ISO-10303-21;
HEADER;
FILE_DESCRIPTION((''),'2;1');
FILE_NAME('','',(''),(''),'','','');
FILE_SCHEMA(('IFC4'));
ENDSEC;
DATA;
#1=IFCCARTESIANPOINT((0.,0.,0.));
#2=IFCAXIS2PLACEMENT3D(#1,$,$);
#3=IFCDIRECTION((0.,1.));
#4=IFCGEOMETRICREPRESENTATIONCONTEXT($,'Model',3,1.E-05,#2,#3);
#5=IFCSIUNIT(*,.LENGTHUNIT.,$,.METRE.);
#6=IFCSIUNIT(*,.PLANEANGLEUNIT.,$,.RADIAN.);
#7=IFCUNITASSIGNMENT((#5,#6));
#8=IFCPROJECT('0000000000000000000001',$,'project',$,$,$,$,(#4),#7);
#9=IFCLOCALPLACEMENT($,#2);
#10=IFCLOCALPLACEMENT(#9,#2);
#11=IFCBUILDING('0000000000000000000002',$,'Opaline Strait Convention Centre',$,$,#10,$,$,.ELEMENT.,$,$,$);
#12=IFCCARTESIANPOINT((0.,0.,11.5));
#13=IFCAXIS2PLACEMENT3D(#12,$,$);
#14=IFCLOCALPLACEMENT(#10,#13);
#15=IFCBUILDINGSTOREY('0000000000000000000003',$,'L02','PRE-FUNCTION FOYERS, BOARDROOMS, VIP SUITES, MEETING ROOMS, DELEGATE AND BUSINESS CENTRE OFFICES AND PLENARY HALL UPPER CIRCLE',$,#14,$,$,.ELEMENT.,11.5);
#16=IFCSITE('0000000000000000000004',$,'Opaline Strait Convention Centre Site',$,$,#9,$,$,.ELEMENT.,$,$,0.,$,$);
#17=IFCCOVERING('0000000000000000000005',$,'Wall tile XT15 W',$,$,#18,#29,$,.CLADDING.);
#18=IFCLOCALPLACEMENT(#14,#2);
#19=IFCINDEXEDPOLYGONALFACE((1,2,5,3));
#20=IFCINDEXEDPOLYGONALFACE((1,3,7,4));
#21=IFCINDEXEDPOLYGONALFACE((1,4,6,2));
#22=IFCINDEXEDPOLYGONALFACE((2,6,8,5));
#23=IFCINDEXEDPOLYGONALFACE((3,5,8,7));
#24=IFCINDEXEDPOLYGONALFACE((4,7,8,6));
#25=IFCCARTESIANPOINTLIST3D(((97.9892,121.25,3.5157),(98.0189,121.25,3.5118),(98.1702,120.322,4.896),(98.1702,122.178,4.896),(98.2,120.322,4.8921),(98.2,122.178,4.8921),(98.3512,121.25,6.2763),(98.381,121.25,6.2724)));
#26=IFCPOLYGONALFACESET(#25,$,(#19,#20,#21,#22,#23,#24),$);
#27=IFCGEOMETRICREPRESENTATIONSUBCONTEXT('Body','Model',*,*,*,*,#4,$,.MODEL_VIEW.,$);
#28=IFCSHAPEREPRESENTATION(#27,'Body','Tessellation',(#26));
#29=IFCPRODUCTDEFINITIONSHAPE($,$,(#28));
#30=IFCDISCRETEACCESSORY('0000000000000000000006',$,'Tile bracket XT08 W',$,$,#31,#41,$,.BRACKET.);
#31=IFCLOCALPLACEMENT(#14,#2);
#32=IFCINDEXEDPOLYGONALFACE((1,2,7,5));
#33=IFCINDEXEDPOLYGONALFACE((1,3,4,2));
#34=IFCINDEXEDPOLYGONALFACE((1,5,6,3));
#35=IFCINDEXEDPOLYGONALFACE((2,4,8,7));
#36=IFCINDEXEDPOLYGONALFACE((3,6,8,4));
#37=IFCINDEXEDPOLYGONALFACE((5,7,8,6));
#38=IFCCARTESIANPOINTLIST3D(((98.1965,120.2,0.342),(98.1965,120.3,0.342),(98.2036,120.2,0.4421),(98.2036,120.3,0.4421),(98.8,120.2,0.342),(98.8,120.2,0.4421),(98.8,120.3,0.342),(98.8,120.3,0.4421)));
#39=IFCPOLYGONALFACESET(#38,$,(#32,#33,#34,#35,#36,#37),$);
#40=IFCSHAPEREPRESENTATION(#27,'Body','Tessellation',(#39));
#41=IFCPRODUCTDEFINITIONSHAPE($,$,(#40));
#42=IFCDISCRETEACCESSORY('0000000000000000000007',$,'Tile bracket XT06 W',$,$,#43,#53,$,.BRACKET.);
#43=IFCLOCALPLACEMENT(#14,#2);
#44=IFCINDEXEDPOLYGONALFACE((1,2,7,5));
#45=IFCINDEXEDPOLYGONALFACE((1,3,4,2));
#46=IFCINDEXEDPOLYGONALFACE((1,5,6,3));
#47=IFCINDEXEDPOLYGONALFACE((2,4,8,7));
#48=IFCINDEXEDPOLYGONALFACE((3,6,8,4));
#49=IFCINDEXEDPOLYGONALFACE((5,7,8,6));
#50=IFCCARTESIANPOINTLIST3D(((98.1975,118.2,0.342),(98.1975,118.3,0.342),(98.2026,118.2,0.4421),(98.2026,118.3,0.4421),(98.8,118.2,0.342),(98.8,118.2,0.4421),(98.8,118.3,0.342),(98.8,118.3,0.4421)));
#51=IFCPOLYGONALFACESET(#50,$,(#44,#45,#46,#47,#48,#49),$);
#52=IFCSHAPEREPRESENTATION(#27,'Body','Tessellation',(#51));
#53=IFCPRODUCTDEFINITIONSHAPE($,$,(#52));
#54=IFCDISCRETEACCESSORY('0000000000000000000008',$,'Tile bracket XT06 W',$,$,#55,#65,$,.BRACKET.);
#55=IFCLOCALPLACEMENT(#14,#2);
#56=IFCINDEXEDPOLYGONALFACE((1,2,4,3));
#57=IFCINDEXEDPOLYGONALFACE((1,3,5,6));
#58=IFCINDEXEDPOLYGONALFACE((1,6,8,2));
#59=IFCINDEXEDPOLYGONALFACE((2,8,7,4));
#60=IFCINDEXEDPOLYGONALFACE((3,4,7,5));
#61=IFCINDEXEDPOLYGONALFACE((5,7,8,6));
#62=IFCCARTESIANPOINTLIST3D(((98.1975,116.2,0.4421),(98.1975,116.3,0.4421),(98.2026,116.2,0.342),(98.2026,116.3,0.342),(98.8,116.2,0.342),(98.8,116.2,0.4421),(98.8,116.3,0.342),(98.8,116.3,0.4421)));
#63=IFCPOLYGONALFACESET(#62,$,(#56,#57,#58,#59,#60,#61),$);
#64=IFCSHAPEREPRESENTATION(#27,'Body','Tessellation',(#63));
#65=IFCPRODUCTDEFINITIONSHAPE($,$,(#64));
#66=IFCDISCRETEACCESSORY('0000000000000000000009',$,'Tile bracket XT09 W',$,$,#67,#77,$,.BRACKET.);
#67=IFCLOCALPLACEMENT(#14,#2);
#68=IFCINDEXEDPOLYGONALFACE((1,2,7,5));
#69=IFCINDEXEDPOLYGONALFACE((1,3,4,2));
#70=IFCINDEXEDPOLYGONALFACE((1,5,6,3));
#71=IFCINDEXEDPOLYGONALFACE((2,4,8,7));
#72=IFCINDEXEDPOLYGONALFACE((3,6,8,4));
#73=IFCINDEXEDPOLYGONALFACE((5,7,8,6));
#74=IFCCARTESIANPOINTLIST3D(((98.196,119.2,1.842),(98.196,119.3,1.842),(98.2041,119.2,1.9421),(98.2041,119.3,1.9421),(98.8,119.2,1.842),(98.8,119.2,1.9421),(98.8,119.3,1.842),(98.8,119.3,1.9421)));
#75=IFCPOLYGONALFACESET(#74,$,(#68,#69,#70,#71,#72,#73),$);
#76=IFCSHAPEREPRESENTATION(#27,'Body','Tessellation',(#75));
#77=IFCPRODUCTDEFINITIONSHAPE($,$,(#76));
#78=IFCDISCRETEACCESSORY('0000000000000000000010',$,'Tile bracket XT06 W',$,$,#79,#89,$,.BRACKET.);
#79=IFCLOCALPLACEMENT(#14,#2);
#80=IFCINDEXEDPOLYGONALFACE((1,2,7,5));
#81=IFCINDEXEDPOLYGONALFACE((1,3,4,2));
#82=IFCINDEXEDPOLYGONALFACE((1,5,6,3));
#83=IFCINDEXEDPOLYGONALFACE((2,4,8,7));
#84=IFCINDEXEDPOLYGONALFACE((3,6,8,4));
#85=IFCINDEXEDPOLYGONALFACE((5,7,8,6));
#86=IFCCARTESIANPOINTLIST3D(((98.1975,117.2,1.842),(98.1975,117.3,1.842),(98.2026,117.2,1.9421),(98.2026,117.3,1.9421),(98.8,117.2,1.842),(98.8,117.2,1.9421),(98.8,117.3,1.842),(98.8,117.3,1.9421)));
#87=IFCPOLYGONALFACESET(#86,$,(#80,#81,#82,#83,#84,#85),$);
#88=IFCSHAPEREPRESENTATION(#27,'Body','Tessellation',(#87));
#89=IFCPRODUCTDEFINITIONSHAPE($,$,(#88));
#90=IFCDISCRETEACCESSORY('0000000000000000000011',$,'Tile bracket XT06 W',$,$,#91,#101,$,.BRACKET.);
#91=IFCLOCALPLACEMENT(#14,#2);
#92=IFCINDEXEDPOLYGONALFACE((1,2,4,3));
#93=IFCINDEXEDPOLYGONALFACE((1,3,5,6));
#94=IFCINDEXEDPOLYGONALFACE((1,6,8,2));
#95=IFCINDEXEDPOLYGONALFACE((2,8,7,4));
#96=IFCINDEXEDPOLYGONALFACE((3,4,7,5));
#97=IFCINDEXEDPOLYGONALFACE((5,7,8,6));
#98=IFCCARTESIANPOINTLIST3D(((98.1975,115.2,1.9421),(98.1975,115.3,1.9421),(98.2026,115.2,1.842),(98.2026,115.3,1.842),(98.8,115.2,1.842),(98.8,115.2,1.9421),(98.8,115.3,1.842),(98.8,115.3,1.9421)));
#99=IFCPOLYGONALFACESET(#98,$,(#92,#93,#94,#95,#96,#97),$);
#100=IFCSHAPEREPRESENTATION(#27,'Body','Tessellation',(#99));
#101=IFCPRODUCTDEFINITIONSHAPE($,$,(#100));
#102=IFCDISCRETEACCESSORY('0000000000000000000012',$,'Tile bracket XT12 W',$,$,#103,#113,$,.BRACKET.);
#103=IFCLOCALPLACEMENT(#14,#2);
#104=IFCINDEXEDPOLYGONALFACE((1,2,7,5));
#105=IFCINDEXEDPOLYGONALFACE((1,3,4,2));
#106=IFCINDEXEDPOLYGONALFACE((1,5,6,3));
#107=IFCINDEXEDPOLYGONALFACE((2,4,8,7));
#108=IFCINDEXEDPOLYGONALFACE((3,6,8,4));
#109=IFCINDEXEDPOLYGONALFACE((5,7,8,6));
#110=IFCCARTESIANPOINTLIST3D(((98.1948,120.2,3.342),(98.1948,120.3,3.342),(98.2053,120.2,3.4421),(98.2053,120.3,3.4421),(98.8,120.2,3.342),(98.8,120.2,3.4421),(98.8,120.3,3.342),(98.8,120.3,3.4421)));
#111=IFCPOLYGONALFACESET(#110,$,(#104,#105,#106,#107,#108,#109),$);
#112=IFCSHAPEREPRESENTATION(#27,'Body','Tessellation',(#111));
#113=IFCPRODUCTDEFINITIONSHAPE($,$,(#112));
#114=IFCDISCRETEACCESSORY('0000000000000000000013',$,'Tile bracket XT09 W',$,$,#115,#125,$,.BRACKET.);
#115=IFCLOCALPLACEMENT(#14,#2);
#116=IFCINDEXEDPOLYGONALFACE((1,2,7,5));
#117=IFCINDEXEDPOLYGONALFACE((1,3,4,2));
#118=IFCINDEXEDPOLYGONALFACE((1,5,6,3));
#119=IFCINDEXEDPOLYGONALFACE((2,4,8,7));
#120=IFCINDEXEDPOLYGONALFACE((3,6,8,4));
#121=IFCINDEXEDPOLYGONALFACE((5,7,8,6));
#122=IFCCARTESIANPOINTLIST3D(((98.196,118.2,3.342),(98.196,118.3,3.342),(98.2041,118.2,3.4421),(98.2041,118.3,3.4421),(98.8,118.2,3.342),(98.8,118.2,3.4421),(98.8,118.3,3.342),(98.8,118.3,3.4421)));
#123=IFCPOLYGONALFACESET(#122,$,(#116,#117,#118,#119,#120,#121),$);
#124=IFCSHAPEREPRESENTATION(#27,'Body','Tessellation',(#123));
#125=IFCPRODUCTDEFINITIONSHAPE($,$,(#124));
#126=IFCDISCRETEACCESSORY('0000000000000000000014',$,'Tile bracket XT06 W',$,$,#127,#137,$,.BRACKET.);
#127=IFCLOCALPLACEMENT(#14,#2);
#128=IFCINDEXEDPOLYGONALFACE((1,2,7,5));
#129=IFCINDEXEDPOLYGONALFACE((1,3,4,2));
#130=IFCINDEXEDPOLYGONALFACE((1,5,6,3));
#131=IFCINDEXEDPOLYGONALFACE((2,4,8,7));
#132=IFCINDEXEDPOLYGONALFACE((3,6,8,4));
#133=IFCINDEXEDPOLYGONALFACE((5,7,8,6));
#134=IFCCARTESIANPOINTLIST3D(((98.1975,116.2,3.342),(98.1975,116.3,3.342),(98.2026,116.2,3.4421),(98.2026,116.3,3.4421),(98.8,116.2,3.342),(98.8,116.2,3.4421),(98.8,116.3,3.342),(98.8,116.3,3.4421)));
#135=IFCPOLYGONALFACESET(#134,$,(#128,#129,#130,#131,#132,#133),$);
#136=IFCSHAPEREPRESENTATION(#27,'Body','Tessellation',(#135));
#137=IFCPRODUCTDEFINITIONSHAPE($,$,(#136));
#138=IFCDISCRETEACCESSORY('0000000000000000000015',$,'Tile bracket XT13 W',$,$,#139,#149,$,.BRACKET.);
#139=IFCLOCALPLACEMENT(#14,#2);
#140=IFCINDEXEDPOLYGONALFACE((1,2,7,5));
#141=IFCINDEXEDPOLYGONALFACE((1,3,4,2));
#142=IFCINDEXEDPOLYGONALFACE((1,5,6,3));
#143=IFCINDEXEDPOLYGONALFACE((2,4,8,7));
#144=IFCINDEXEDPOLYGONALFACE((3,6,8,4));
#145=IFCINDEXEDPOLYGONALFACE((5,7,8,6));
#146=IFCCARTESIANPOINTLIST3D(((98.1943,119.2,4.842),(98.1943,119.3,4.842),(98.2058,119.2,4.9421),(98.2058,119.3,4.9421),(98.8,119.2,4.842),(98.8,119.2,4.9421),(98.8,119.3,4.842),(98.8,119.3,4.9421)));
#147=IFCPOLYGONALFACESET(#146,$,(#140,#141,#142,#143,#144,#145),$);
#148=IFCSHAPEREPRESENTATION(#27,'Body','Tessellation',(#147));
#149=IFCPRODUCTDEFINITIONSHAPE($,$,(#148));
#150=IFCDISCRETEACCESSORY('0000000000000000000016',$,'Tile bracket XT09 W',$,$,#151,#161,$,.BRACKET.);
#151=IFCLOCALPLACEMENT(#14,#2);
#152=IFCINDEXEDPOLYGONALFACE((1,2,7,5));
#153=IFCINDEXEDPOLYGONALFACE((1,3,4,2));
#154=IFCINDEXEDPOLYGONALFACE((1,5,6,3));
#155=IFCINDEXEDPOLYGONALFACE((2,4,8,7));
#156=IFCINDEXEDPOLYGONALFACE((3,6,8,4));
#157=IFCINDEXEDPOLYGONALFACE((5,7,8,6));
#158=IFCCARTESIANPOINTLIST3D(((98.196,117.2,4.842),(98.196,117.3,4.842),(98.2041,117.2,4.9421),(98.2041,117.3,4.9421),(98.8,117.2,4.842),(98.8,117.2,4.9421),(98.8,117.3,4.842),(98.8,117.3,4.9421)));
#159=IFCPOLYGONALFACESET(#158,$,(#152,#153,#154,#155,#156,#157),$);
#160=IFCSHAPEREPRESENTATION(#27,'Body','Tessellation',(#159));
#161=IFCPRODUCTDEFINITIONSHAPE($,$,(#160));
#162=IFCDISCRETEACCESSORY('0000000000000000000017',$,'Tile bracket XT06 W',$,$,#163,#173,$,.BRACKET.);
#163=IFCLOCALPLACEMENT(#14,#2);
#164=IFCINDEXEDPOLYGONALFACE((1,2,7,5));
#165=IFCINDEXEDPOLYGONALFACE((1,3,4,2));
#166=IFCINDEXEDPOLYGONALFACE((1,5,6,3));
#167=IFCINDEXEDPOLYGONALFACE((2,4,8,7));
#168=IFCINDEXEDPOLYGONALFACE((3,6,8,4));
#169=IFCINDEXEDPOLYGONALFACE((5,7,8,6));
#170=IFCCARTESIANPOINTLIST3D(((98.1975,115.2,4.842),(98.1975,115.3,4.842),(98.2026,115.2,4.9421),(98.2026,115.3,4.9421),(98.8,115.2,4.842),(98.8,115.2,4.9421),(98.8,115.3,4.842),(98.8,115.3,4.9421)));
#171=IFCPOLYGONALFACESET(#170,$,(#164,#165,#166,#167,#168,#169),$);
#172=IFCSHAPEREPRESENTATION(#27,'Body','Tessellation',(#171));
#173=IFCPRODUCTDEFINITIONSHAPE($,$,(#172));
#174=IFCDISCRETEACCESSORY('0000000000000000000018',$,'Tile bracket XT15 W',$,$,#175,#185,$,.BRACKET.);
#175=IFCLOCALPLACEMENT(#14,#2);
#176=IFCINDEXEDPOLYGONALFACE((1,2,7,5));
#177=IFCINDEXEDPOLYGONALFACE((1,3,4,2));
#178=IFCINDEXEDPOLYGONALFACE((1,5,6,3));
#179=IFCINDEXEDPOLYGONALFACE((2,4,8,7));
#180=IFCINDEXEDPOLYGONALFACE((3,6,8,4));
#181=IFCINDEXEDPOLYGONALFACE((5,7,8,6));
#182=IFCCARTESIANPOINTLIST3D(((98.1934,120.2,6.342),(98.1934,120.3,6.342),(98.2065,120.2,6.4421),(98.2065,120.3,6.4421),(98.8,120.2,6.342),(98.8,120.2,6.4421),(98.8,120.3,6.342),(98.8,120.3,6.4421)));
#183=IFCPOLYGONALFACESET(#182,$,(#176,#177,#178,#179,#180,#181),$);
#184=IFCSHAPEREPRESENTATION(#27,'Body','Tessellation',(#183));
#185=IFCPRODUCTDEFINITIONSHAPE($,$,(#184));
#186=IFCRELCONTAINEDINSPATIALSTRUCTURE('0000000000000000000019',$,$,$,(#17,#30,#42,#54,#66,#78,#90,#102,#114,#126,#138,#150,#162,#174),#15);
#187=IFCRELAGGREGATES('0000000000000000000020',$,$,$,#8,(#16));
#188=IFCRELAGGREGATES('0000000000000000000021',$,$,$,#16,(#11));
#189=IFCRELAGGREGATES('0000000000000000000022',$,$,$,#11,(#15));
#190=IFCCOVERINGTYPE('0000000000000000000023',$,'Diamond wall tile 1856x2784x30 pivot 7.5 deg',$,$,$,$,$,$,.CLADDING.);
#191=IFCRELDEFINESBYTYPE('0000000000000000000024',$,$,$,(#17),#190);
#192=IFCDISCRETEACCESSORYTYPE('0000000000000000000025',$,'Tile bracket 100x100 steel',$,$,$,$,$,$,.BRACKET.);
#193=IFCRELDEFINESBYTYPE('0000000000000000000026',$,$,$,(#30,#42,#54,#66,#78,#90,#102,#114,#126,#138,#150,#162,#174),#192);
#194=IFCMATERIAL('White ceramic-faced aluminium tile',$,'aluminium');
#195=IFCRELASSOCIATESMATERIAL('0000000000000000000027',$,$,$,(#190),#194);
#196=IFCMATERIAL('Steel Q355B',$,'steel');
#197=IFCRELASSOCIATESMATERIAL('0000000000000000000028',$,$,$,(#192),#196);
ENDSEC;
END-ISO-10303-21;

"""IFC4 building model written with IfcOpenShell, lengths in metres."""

from ifc_helpers import new_model, si_unit, direction, frame, origin, place, context, subcontext, project, spatial, polyline, outline, extrude, material, material_profile, profile_set, type_object, element, save


model = new_model("IFC4")

# Units and contexts
model_context = context("Model", 3, precision=1e-05, world=origin(), true_north=direction((0.0, 1.0)))
body_context = subcontext(model_context, "Body", "Model", "MODEL_VIEW")
ifc_project = project(units=[si_unit("LENGTHUNIT", "METRE"), si_unit("PLANEANGLEUNIT", "RADIAN")], contexts=[model_context])

# Site, building, storey
site_placement = place(None, origin())
site = spatial("IfcSite", under=ifc_project, at=site_placement, Name="Opaline Strait Convention Centre Site", CompositionType="ELEMENT", RefElevation=0.0)
building_placement = place(site_placement, origin())
building = spatial("IfcBuilding", under=site, at=building_placement, Name="Opaline Strait Convention Centre", CompositionType="ELEMENT")
storey_placement = place(building_placement, frame((0.0, 0.0, 11.5)))
storey = spatial("IfcBuildingStorey", under=building, at=storey_placement, Name="L02", Description="PRE-FUNCTION FOYERS, BOARDROOMS, VIP SUITES, MEETING ROOMS, DELEGATE AND BUSINESS CENTRE OFFICES AND PLENARY HALL UPPER CIRCLE", CompositionType="ELEMENT", Elevation=11.5)

# Covering
ifc_material_1 = material(Name="White ceramic-faced aluminium tile", Category="aluminium")
ifc_material_profile = material_profile(ifc_material_1, outline(polyline([(0.928, 0.0), (0.0, 1.3921), (-0.928, 0.0), (0.0, -1.3921), (0.928, 0.0)])), Name="Diamond tile 1856x2784")
ifc_profile_set = profile_set([ifc_material_profile], Name="White ceramic-faced aluminium tile")
covering_type = type_object("IfcCoveringType", Name="Diamond wall tile 1856x2784x30 pivot 7.5 deg", PredefinedType="CLADDING", material=ifc_profile_set)
covering_placement = place(storey_placement, frame((98.2, 121.25, 4.8921), z_axis=(-0.99151, 0.0, 0.130034), x_axis=(0.0, -1.0, 0.0)))
element("IfcCovering", 1, at=covering_placement, inside=storey, type_object=covering_type, Name="Wall tile XT15 W", PredefinedType="CLADDING", context=body_context, shape_type="SweptSolid", body=[
    extrude(outline(polyline([(0.928, 0.0), (0.0, 1.3921), (-0.928, 0.0), (0.0, -1.3921), (0.928, 0.0)])), origin(), (0.0, 0.0, 1.0), 0.03),
])

# Discrete accessories
ifc_material_2 = material(Name="Steel Q355B", Category="steel")
discrete_accessory_type = type_object("IfcDiscreteAccessoryType", Name="Tile bracket 100x100 steel", PredefinedType="BRACKET", material=ifc_material_2)
discrete_accessory_1_placement = place(storey_placement, frame((98.8, 120.3, 0.3921), z_axis=(0.0, -1.0, 0.0), x_axis=(1.0, 0.0, 0.0)))
element("IfcDiscreteAccessory", 2, at=discrete_accessory_1_placement, inside=storey, type_object=discrete_accessory_type, Name="Tile bracket XT08 W", PredefinedType="BRACKET", context=body_context, shape_type="SweptSolid", body=[
    extrude(outline(polyline([(0.0, -0.05), (0.0, 0.05), (-0.5964, 0.05), (-0.6035, -0.05), (0.0, -0.05)])), origin(), (0.0, 0.0, 1.0), 0.1001),
])
discrete_accessory_2_placement = place(storey_placement, frame((98.8, 118.3, 0.3921), z_axis=(0.0, -1.0, 0.0), x_axis=(1.0, 0.0, 0.0)))
element("IfcDiscreteAccessory", 3, at=discrete_accessory_2_placement, inside=storey, type_object=discrete_accessory_type, Name="Tile bracket XT06 W", PredefinedType="BRACKET", context=body_context, shape_type="SweptSolid", body=[
    extrude(outline(polyline([(0.0, -0.05), (0.0, 0.05), (-0.5974, 0.05), (-0.6025, -0.05), (0.0, -0.05)])), origin(), (0.0, 0.0, 1.0), 0.1001),
])
discrete_accessory_3_placement = place(storey_placement, frame((98.8, 116.3, 0.3921), z_axis=(0.0, -1.0, 0.0), x_axis=(1.0, 0.0, 0.0)))
element("IfcDiscreteAccessory", 4, at=discrete_accessory_3_placement, inside=storey, type_object=discrete_accessory_type, Name="Tile bracket XT06 W", PredefinedType="BRACKET", context=body_context, shape_type="SweptSolid", body=[
    extrude(outline(polyline([(0.0, -0.05), (0.0, 0.05), (-0.6025, 0.05), (-0.5974, -0.05), (0.0, -0.05)])), origin(), (0.0, 0.0, 1.0), 0.1001),
])
discrete_accessory_4_placement = place(storey_placement, frame((98.8, 119.3, 1.8921), z_axis=(0.0, -1.0, 0.0), x_axis=(1.0, 0.0, 0.0)))
element("IfcDiscreteAccessory", 5, at=discrete_accessory_4_placement, inside=storey, type_object=discrete_accessory_type, Name="Tile bracket XT09 W", PredefinedType="BRACKET", context=body_context, shape_type="SweptSolid", body=[
    extrude(outline(polyline([(0.0, -0.05), (0.0, 0.05), (-0.5959, 0.05), (-0.604, -0.05), (0.0, -0.05)])), origin(), (0.0, 0.0, 1.0), 0.1001),
])
discrete_accessory_5_placement = place(storey_placement, frame((98.8, 117.3, 1.8921), z_axis=(0.0, -1.0, 0.0), x_axis=(1.0, 0.0, 0.0)))
element("IfcDiscreteAccessory", 6, at=discrete_accessory_5_placement, inside=storey, type_object=discrete_accessory_type, Name="Tile bracket XT06 W", PredefinedType="BRACKET", context=body_context, shape_type="SweptSolid", body=[
    extrude(outline(polyline([(0.0, -0.05), (0.0, 0.05), (-0.5974, 0.05), (-0.6025, -0.05), (0.0, -0.05)])), origin(), (0.0, 0.0, 1.0), 0.1001),
])
discrete_accessory_6_placement = place(storey_placement, frame((98.8, 115.3, 1.8921), z_axis=(0.0, -1.0, 0.0), x_axis=(1.0, 0.0, 0.0)))
element("IfcDiscreteAccessory", 7, at=discrete_accessory_6_placement, inside=storey, type_object=discrete_accessory_type, Name="Tile bracket XT06 W", PredefinedType="BRACKET", context=body_context, shape_type="SweptSolid", body=[
    extrude(outline(polyline([(0.0, -0.05), (0.0, 0.05), (-0.6025, 0.05), (-0.5974, -0.05), (0.0, -0.05)])), origin(), (0.0, 0.0, 1.0), 0.1001),
])
discrete_accessory_7_placement = place(storey_placement, frame((98.8, 120.3, 3.3921), z_axis=(0.0, -1.0, 0.0), x_axis=(1.0, 0.0, 0.0)))
element("IfcDiscreteAccessory", 8, at=discrete_accessory_7_placement, inside=storey, type_object=discrete_accessory_type, Name="Tile bracket XT12 W", PredefinedType="BRACKET", context=body_context, shape_type="SweptSolid", body=[
    extrude(outline(polyline([(0.0, -0.05), (0.0, 0.05), (-0.5947, 0.05), (-0.6052, -0.05), (0.0, -0.05)])), origin(), (0.0, 0.0, 1.0), 0.1001),
])
discrete_accessory_8_placement = place(storey_placement, frame((98.8, 118.3, 3.3921), z_axis=(0.0, -1.0, 0.0), x_axis=(1.0, 0.0, 0.0)))
element("IfcDiscreteAccessory", 9, at=discrete_accessory_8_placement, inside=storey, type_object=discrete_accessory_type, Name="Tile bracket XT09 W", PredefinedType="BRACKET", context=body_context, shape_type="SweptSolid", body=[
    extrude(outline(polyline([(0.0, -0.05), (0.0, 0.05), (-0.5959, 0.05), (-0.604, -0.05), (0.0, -0.05)])), origin(), (0.0, 0.0, 1.0), 0.1001),
])
discrete_accessory_9_placement = place(storey_placement, frame((98.8, 116.3, 3.3921), z_axis=(0.0, -1.0, 0.0), x_axis=(1.0, 0.0, 0.0)))
element("IfcDiscreteAccessory", 10, at=discrete_accessory_9_placement, inside=storey, type_object=discrete_accessory_type, Name="Tile bracket XT06 W", PredefinedType="BRACKET", context=body_context, shape_type="SweptSolid", body=[
    extrude(outline(polyline([(0.0, -0.05), (0.0, 0.05), (-0.5974, 0.05), (-0.6025, -0.05), (0.0, -0.05)])), origin(), (0.0, 0.0, 1.0), 0.1001),
])
discrete_accessory_10_placement = place(storey_placement, frame((98.8, 119.3, 4.8921), z_axis=(0.0, -1.0, 0.0), x_axis=(1.0, 0.0, 0.0)))
element("IfcDiscreteAccessory", 11, at=discrete_accessory_10_placement, inside=storey, type_object=discrete_accessory_type, Name="Tile bracket XT13 W", PredefinedType="BRACKET", context=body_context, shape_type="SweptSolid", body=[
    extrude(outline(polyline([(0.0, -0.05), (0.0, 0.05), (-0.5942, 0.05), (-0.6057, -0.05), (0.0, -0.05)])), origin(), (0.0, 0.0, 1.0), 0.1001),
])
discrete_accessory_11_placement = place(storey_placement, frame((98.8, 117.3, 4.8921), z_axis=(0.0, -1.0, 0.0), x_axis=(1.0, 0.0, 0.0)))
element("IfcDiscreteAccessory", 12, at=discrete_accessory_11_placement, inside=storey, type_object=discrete_accessory_type, Name="Tile bracket XT09 W", PredefinedType="BRACKET", context=body_context, shape_type="SweptSolid", body=[
    extrude(outline(polyline([(0.0, -0.05), (0.0, 0.05), (-0.5959, 0.05), (-0.604, -0.05), (0.0, -0.05)])), origin(), (0.0, 0.0, 1.0), 0.1001),
])
discrete_accessory_12_placement = place(storey_placement, frame((98.8, 115.3, 4.8921), z_axis=(0.0, -1.0, 0.0), x_axis=(1.0, 0.0, 0.0)))
element("IfcDiscreteAccessory", 13, at=discrete_accessory_12_placement, inside=storey, type_object=discrete_accessory_type, Name="Tile bracket XT06 W", PredefinedType="BRACKET", context=body_context, shape_type="SweptSolid", body=[
    extrude(outline(polyline([(0.0, -0.05), (0.0, 0.05), (-0.5974, 0.05), (-0.6025, -0.05), (0.0, -0.05)])), origin(), (0.0, 0.0, 1.0), 0.1001),
])
discrete_accessory_13_placement = place(storey_placement, frame((98.8, 120.3, 6.3921), z_axis=(0.0, -1.0, 0.0), x_axis=(1.0, 0.0, 0.0)))
element("IfcDiscreteAccessory", 14, at=discrete_accessory_13_placement, inside=storey, type_object=discrete_accessory_type, Name="Tile bracket XT15 W", PredefinedType="BRACKET", context=body_context, shape_type="SweptSolid", body=[
    extrude(outline(polyline([(0.0, -0.05), (0.0, 0.05), (-0.5935, 0.05), (-0.6067, -0.05), (0.0, -0.05)])), origin(), (0.0, 0.0, 1.0), 0.1001),
])

save(model, "model.ifc")
